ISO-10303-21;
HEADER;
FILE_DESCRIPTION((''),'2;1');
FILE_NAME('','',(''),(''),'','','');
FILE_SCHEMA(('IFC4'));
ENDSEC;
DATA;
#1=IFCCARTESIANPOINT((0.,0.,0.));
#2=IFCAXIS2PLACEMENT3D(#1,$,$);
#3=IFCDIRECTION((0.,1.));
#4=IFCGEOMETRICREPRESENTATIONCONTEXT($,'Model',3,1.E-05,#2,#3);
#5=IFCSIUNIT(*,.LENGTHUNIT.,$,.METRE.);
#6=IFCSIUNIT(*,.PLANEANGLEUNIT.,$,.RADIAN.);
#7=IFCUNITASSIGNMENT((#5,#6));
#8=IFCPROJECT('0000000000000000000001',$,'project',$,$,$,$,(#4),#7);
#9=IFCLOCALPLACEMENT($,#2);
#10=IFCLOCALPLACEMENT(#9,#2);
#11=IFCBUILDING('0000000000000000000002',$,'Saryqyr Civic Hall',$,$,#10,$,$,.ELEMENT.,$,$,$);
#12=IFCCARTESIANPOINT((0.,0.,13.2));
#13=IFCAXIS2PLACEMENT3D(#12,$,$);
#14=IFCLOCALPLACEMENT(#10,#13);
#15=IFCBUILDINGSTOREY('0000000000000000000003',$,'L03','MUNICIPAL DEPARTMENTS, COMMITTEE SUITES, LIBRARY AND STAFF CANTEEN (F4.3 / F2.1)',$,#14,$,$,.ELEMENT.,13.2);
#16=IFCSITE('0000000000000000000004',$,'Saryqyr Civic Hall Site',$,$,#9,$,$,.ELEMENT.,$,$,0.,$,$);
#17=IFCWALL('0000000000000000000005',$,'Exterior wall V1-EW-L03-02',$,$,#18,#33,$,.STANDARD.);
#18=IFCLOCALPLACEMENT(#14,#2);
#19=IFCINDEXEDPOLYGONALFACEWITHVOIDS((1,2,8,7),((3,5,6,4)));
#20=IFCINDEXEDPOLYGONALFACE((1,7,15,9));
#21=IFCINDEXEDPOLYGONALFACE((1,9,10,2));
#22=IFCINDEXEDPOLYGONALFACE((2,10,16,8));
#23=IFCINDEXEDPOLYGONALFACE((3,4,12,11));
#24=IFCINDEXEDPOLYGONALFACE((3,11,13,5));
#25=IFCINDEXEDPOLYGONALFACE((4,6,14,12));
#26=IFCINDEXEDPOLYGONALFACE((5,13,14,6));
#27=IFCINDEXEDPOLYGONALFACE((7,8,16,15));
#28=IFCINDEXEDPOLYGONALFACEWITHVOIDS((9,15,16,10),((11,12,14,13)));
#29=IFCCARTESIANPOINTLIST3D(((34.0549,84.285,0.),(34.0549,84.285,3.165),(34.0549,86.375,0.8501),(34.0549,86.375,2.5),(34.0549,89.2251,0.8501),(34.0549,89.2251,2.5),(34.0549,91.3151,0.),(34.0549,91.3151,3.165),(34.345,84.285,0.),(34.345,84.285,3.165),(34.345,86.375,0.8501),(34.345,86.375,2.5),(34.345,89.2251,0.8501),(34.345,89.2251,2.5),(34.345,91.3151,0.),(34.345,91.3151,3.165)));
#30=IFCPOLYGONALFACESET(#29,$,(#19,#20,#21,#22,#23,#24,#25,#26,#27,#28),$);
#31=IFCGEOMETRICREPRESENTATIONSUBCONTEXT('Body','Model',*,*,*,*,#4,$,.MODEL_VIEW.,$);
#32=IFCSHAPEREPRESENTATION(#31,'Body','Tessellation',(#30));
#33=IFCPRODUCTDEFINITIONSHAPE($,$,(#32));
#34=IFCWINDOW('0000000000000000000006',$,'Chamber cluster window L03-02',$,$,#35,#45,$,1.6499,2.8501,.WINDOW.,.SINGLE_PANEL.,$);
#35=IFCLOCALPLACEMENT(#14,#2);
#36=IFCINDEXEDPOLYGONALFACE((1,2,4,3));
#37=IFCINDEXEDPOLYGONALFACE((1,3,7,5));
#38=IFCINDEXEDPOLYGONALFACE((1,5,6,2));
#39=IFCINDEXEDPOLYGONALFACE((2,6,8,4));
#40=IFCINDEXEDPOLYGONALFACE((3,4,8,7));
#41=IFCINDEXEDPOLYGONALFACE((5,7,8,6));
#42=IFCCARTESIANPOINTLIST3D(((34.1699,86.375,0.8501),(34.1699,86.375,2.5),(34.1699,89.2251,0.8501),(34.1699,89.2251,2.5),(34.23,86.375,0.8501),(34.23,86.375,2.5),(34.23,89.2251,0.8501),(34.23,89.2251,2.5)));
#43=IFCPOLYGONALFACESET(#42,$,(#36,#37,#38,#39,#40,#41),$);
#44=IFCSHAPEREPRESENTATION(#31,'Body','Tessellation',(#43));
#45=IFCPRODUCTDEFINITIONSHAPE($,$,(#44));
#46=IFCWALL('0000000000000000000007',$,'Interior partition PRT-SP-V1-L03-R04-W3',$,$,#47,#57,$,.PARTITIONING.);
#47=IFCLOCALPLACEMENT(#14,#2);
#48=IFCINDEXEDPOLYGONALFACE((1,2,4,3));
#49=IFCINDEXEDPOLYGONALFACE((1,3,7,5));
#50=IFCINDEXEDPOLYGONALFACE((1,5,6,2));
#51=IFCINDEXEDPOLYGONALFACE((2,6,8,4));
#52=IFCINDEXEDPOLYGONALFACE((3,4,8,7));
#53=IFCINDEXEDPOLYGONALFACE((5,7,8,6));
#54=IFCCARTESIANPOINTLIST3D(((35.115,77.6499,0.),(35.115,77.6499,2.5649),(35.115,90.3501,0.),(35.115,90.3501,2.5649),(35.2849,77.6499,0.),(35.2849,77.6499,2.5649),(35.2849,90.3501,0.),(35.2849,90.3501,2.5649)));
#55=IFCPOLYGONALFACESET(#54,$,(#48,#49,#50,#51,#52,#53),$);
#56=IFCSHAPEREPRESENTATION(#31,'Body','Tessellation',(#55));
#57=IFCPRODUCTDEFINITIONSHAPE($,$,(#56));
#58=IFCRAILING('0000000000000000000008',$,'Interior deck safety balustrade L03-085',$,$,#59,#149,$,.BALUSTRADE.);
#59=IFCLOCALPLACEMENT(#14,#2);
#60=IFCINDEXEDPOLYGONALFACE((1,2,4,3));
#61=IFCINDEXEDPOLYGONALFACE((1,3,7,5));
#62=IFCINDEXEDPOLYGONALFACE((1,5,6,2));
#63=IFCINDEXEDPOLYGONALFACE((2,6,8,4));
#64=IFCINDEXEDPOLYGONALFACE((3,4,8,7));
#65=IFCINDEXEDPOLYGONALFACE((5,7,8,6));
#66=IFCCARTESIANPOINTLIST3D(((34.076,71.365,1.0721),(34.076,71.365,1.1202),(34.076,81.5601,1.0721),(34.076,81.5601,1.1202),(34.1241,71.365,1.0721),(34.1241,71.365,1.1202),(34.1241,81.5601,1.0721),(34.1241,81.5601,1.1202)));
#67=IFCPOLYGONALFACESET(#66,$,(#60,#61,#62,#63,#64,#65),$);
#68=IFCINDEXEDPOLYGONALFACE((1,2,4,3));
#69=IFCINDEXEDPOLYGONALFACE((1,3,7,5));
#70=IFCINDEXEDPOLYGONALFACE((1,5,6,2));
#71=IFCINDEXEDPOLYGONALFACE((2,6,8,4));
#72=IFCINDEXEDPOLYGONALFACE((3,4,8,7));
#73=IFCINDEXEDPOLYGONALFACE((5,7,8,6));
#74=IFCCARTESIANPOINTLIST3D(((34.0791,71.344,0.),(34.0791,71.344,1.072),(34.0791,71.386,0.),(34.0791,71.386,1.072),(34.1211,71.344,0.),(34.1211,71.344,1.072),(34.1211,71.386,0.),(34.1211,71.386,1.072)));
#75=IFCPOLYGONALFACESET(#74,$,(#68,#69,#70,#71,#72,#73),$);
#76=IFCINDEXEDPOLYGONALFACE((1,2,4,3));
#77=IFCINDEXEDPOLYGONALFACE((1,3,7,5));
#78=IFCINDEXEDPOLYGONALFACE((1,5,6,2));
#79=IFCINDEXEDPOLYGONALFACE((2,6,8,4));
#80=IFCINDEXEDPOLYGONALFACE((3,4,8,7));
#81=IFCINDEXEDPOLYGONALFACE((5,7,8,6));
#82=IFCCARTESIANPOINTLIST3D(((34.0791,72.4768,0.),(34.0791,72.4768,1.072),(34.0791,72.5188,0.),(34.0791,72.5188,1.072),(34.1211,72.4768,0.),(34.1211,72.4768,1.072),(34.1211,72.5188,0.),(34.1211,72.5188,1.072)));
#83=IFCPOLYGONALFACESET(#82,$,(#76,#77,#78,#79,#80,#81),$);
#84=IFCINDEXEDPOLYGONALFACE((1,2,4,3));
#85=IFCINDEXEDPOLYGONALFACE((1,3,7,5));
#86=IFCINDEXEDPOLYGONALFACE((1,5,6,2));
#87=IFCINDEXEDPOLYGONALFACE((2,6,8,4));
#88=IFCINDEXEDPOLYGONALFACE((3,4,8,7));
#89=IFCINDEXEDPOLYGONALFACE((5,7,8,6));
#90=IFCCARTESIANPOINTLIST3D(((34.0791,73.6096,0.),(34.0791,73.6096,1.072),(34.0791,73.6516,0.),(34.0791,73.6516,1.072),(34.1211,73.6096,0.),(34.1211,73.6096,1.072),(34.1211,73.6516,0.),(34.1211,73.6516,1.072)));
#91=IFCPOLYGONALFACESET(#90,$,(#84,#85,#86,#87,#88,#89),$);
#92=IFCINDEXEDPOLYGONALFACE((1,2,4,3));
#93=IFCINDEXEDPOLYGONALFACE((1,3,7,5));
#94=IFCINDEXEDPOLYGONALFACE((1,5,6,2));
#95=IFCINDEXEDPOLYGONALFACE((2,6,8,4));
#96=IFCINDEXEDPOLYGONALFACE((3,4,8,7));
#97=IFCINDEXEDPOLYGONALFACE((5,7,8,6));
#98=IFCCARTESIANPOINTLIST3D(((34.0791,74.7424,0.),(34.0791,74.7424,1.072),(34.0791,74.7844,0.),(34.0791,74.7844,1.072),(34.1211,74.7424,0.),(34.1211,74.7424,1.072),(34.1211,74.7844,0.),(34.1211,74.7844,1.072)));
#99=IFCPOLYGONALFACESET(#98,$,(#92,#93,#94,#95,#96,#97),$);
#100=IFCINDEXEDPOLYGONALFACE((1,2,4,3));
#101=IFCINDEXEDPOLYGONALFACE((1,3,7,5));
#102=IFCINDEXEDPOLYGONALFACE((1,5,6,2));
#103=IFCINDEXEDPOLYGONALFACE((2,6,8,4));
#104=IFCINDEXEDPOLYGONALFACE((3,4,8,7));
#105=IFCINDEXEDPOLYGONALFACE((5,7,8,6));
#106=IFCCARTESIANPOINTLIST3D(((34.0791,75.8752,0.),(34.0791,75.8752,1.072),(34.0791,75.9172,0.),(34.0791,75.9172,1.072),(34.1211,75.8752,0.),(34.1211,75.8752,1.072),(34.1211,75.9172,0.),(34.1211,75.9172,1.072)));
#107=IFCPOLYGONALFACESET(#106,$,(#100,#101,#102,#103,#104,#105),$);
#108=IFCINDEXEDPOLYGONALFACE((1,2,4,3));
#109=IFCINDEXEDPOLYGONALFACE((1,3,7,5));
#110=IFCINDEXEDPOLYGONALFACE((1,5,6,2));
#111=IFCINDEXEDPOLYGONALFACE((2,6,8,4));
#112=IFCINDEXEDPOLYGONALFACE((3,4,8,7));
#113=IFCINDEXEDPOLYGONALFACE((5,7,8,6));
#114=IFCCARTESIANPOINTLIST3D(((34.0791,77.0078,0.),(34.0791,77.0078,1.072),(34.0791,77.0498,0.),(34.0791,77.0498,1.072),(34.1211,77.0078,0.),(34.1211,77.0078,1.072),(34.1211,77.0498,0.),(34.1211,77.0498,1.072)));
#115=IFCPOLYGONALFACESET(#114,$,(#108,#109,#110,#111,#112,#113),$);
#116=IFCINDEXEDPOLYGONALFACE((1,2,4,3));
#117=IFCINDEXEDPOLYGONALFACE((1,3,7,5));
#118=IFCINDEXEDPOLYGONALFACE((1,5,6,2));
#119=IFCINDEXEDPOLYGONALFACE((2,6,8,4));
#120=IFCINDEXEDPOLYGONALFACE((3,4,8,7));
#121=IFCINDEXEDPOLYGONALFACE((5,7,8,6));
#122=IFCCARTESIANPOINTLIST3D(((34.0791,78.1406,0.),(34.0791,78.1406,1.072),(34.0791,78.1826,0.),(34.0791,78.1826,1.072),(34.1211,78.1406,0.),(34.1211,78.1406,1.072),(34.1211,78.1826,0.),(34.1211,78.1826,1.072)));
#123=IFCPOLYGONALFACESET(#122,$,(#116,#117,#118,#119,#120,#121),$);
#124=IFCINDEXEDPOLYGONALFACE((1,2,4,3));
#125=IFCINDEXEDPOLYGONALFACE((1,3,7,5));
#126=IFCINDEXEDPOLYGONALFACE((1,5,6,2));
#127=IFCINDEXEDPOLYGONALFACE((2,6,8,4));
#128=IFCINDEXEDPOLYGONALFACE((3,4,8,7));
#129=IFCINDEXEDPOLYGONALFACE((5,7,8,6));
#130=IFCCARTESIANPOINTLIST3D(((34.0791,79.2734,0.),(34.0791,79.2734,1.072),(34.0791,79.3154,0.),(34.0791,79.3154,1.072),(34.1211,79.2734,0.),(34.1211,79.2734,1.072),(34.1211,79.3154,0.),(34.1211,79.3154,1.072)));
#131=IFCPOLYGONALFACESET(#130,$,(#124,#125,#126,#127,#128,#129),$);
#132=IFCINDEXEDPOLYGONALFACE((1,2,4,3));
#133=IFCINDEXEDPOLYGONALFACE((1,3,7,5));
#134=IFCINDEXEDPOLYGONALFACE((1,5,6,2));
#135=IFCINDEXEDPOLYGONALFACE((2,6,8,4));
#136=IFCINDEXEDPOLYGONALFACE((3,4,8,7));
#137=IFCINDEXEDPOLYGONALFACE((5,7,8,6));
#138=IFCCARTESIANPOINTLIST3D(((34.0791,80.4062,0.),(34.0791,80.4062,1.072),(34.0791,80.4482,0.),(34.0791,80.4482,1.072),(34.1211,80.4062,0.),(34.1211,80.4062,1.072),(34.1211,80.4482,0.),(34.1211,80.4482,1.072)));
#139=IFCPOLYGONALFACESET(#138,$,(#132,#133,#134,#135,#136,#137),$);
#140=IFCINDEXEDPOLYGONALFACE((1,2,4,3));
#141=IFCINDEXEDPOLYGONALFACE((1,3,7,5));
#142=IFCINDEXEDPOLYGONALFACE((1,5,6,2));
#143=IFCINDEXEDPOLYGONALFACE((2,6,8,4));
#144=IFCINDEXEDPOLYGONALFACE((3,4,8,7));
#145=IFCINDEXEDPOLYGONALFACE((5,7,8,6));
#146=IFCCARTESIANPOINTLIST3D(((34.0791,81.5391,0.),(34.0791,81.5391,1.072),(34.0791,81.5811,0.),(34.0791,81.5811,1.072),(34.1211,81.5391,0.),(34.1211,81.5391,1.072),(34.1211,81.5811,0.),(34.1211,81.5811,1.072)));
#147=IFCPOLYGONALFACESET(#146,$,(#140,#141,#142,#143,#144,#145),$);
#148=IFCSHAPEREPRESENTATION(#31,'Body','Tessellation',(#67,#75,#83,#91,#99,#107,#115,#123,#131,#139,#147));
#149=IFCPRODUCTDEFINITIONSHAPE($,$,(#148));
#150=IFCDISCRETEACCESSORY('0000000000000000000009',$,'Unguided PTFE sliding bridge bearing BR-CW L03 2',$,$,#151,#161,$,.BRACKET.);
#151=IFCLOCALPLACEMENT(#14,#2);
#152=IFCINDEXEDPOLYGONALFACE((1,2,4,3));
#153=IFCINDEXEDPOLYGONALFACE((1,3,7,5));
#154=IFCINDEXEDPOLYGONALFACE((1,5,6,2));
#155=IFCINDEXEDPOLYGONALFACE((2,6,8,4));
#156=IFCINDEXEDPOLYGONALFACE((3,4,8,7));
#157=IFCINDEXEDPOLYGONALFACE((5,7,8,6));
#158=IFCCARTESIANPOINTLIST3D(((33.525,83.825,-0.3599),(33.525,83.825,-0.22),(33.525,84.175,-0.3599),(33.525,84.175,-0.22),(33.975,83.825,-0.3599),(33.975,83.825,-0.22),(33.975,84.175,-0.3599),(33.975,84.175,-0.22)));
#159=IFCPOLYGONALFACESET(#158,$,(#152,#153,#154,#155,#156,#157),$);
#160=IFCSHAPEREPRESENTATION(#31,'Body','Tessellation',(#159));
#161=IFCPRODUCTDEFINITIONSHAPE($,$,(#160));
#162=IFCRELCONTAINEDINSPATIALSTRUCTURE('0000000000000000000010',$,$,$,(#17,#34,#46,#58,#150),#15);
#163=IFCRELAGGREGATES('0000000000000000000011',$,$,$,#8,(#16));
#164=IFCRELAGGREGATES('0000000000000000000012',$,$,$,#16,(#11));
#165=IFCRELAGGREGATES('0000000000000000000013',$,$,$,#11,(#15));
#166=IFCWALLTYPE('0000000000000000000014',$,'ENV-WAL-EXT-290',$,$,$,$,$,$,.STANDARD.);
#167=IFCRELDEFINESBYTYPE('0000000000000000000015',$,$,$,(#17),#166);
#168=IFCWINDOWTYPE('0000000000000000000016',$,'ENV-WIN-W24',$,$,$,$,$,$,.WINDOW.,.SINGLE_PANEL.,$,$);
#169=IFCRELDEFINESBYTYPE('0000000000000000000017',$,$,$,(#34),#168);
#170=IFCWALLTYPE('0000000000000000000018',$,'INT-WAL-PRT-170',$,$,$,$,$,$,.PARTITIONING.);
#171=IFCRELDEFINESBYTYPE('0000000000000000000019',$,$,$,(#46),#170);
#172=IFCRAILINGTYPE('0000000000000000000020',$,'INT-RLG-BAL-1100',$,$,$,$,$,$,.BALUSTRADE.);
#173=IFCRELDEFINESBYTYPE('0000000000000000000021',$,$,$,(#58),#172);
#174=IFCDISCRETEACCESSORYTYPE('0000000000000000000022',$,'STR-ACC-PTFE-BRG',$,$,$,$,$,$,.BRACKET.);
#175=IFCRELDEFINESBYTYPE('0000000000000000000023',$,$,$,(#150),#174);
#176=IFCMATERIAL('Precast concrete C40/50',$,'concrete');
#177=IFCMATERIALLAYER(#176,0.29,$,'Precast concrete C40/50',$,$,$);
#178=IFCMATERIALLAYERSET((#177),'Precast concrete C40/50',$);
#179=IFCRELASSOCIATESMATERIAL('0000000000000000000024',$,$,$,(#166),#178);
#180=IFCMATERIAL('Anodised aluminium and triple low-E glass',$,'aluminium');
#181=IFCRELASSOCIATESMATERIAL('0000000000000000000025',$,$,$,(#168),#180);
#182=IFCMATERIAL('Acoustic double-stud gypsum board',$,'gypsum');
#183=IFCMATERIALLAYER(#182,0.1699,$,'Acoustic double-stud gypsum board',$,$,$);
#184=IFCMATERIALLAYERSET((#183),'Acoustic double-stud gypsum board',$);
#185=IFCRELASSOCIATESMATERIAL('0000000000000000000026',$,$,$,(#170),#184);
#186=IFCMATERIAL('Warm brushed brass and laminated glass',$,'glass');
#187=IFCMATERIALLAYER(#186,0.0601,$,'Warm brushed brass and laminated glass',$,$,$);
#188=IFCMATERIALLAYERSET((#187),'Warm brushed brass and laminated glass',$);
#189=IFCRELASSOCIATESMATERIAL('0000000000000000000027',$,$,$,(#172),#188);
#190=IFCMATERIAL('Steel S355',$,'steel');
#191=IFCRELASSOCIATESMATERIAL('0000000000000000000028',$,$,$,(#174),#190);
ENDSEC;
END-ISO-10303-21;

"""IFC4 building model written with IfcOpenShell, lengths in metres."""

from ifc_helpers import new_model, si_unit, direction, frame, frame_2d, origin, origin_2d, place, context, subcontext, project, spatial, rectangle, extrude, material, layer, layer_set, type_object, element, fill, save


model = new_model("IFC4")

# Units and contexts
model_context = context("Model", 3, precision=1e-05, world=origin(), true_north=direction((0.0, 1.0)))
body_context = subcontext(model_context, "Body", "Model", "MODEL_VIEW")
ifc_project = project(units=[si_unit("LENGTHUNIT", "METRE"), si_unit("PLANEANGLEUNIT", "RADIAN")], contexts=[model_context])

# Site, building, storey
site_placement = place(None, origin())
site = spatial("IfcSite", under=ifc_project, at=site_placement, Name="Saryqyr Civic Hall Site", CompositionType="ELEMENT", RefElevation=0.0)
building_placement = place(site_placement, origin())
building = spatial("IfcBuilding", under=site, at=building_placement, Name="Saryqyr Civic Hall", CompositionType="ELEMENT")
storey_placement = place(building_placement, frame((0.0, 0.0, 13.2)))
storey = spatial("IfcBuildingStorey", under=building, at=storey_placement, Name="L03", Description="MUNICIPAL DEPARTMENTS, COMMITTEE SUITES, LIBRARY AND STAFF CANTEEN (F4.3 / F2.1)", CompositionType="ELEMENT", Elevation=13.2)

# Shared definitions
ifc_material_1 = material(Name="Steel S355", Category="steel")

# Shared definitions
ifc_material_2 = material(Name="Anodised aluminium and triple low-E glass", Category="aluminium")

# Wall, opening, window
ifc_material_3 = material(Name="Precast concrete C40/50", Category="concrete")
ifc_layer_1 = layer(ifc_material_3, 0.29, Name="Precast concrete C40/50")
ifc_layer_set_1 = layer_set([ifc_layer_1], Name="Precast concrete C40/50")
wall_type_1 = type_object("IfcWallType", Name="ENV-WAL-EXT-290", PredefinedType="STANDARD", material=ifc_layer_set_1)
wall_1_placement = place(storey_placement, frame((34.2, 84.2849, 0.0), z_axis=(0.0, 0.0, 1.0), x_axis=(0.0, 1.0, 0.0)))
wall_1 = element("IfcWall", 1, at=wall_1_placement, inside=storey, type_object=wall_type_1, Name="Exterior wall V1-EW-L03-02", PredefinedType="STANDARD", context=body_context, shape_type="SweptSolid", body=[
    extrude(rectangle(XDim=7.03, YDim=0.29, at=frame_2d((3.5151, 0.0))), origin(), (0.0, 0.0, 1.0), 3.165),
])
opening_placement = place(wall_1_placement, frame((2.0901, 0.0, 0.8501)))
opening = element("IfcOpeningElement", 2, at=opening_placement, cuts=wall_1, PredefinedType="OPENING", context=body_context, shape_type="SweptSolid", body=[
    extrude(rectangle(XDim=2.8501, YDim=1.6499, at=frame_2d((1.425, 0.825))), frame((0.0, 0.155, 0.0), z_axis=(0.0, -1.0, 0.0), x_axis=(1.0, 0.0, 0.0)), (0.0, 0.0, 1.0), 0.3101),
])
window_type = type_object("IfcWindowType", Name="ENV-WIN-W24", PartitioningType="SINGLE_PANEL", PredefinedType="WINDOW", material=ifc_material_2)
window_placement = place(opening_placement, origin())
window = element("IfcWindow", 3, at=window_placement, inside=storey, type_object=window_type, Name="Chamber cluster window L03-02", OverallHeight=1.6499, OverallWidth=2.8501, PartitioningType="SINGLE_PANEL", PredefinedType="WINDOW", context=body_context, shape_type="SweptSolid", body=[
    extrude(rectangle(XDim=2.8501, YDim=1.6499, at=frame_2d((1.425, 0.825))), frame((0.0, 0.03, 0.0), z_axis=(0.0, -1.0, 0.0), x_axis=(1.0, 0.0, 0.0)), (0.0, 0.0, 1.0), 0.0601),
])
fill(opening, window)

# Wall
ifc_material_4 = material(Name="Acoustic double-stud gypsum board", Category="gypsum")
ifc_layer_2 = layer(ifc_material_4, 0.1699, Name="Acoustic double-stud gypsum board")
ifc_layer_set_2 = layer_set([ifc_layer_2], Name="Acoustic double-stud gypsum board")
wall_type_2 = type_object("IfcWallType", Name="INT-WAL-PRT-170", PredefinedType="PARTITIONING", material=ifc_layer_set_2)
wall_2_placement = place(storey_placement, frame((35.2, 77.6499, 0.0), z_axis=(0.0, 0.0, 1.0), x_axis=(0.0, 1.0, 0.0)))
element("IfcWall", 4, at=wall_2_placement, inside=storey, type_object=wall_type_2, Name="Interior partition PRT-SP-V1-L03-R04-W3", PredefinedType="PARTITIONING", context=body_context, shape_type="SweptSolid", body=[
    extrude(rectangle(XDim=12.7002, YDim=0.1699, at=frame_2d((6.3501, 0.0))), origin(), (0.0, 0.0, 1.0), 2.5649),
])

# Railing
ifc_material_5 = material(Name="Warm brushed brass and laminated glass", Category="glass")
ifc_layer_3 = layer(ifc_material_5, 0.0601, Name="Warm brushed brass and laminated glass")
ifc_layer_set_3 = layer_set([ifc_layer_3], Name="Warm brushed brass and laminated glass")
railing_type = type_object("IfcRailingType", Name="INT-RLG-BAL-1100", PredefinedType="BALUSTRADE", material=ifc_layer_set_3)
railing_placement = place(storey_placement, frame((34.1001, 71.365, 0.0)))
element("IfcRailing", 5, at=railing_placement, inside=storey, type_object=railing_type, Name="Interior deck safety balustrade L03-085", PredefinedType="BALUSTRADE", context=body_context, shape_type="SweptSolid", body=[
    extrude(rectangle(XDim=0.0481, YDim=0.0481, at=origin_2d()), frame((0.0, 0.0, 1.0962), z_axis=(0.0, 1.0, 0.0), x_axis=(-1.0, 0.0, 0.0)), (0.0, 0.0, 1.0), 10.1951),
    extrude(rectangle(XDim=0.042, YDim=0.042, at=origin_2d()), origin(), (0.0, 0.0, 1.0), 1.072),
    extrude(rectangle(XDim=0.042, YDim=0.042, at=origin_2d()), frame((0.0, 1.1328, 0.0)), (0.0, 0.0, 1.0), 1.072),
    extrude(rectangle(XDim=0.042, YDim=0.042, at=origin_2d()), frame((0.0, 2.2656, 0.0)), (0.0, 0.0, 1.0), 1.072),
    extrude(rectangle(XDim=0.042, YDim=0.042, at=origin_2d()), frame((0.0, 3.3984, 0.0)), (0.0, 0.0, 1.0), 1.072),
    extrude(rectangle(XDim=0.042, YDim=0.042, at=origin_2d()), frame((0.0, 4.5312, 0.0)), (0.0, 0.0, 1.0), 1.072),
    extrude(rectangle(XDim=0.042, YDim=0.042, at=origin_2d()), frame((0.0, 5.6638, 0.0)), (0.0, 0.0, 1.0), 1.072),
    extrude(rectangle(XDim=0.042, YDim=0.042, at=origin_2d()), frame((0.0, 6.7966, 0.0)), (0.0, 0.0, 1.0), 1.072),
    extrude(rectangle(XDim=0.042, YDim=0.042, at=origin_2d()), frame((0.0, 7.9294, 0.0)), (0.0, 0.0, 1.0), 1.072),
    extrude(rectangle(XDim=0.042, YDim=0.042, at=origin_2d()), frame((0.0, 9.0623, 0.0)), (0.0, 0.0, 1.0), 1.072),
    extrude(rectangle(XDim=0.042, YDim=0.042, at=origin_2d()), frame((0.0, 10.1951, 0.0)), (0.0, 0.0, 1.0), 1.072),
])

# Discrete accessory
discrete_accessory_type = type_object("IfcDiscreteAccessoryType", Name="STR-ACC-PTFE-BRG", PredefinedType="BRACKET", material=ifc_material_1)
discrete_accessory_placement = place(storey_placement, frame((33.75, 84.0, -0.3599), z_axis=(0.0, 0.0, 1.0), x_axis=(1.0, 0.0, 0.0)))
element("IfcDiscreteAccessory", 6, at=discrete_accessory_placement, inside=storey, type_object=discrete_accessory_type, Name="Unguided PTFE sliding bridge bearing BR-CW L03 2", PredefinedType="BRACKET", context=body_context, shape_type="SweptSolid", body=[
    extrude(rectangle(XDim=0.45, YDim=0.3501, at=origin_2d()), origin(), (0.0, 0.0, 1.0), 0.1399),
])

save(model, "model.ifc")
